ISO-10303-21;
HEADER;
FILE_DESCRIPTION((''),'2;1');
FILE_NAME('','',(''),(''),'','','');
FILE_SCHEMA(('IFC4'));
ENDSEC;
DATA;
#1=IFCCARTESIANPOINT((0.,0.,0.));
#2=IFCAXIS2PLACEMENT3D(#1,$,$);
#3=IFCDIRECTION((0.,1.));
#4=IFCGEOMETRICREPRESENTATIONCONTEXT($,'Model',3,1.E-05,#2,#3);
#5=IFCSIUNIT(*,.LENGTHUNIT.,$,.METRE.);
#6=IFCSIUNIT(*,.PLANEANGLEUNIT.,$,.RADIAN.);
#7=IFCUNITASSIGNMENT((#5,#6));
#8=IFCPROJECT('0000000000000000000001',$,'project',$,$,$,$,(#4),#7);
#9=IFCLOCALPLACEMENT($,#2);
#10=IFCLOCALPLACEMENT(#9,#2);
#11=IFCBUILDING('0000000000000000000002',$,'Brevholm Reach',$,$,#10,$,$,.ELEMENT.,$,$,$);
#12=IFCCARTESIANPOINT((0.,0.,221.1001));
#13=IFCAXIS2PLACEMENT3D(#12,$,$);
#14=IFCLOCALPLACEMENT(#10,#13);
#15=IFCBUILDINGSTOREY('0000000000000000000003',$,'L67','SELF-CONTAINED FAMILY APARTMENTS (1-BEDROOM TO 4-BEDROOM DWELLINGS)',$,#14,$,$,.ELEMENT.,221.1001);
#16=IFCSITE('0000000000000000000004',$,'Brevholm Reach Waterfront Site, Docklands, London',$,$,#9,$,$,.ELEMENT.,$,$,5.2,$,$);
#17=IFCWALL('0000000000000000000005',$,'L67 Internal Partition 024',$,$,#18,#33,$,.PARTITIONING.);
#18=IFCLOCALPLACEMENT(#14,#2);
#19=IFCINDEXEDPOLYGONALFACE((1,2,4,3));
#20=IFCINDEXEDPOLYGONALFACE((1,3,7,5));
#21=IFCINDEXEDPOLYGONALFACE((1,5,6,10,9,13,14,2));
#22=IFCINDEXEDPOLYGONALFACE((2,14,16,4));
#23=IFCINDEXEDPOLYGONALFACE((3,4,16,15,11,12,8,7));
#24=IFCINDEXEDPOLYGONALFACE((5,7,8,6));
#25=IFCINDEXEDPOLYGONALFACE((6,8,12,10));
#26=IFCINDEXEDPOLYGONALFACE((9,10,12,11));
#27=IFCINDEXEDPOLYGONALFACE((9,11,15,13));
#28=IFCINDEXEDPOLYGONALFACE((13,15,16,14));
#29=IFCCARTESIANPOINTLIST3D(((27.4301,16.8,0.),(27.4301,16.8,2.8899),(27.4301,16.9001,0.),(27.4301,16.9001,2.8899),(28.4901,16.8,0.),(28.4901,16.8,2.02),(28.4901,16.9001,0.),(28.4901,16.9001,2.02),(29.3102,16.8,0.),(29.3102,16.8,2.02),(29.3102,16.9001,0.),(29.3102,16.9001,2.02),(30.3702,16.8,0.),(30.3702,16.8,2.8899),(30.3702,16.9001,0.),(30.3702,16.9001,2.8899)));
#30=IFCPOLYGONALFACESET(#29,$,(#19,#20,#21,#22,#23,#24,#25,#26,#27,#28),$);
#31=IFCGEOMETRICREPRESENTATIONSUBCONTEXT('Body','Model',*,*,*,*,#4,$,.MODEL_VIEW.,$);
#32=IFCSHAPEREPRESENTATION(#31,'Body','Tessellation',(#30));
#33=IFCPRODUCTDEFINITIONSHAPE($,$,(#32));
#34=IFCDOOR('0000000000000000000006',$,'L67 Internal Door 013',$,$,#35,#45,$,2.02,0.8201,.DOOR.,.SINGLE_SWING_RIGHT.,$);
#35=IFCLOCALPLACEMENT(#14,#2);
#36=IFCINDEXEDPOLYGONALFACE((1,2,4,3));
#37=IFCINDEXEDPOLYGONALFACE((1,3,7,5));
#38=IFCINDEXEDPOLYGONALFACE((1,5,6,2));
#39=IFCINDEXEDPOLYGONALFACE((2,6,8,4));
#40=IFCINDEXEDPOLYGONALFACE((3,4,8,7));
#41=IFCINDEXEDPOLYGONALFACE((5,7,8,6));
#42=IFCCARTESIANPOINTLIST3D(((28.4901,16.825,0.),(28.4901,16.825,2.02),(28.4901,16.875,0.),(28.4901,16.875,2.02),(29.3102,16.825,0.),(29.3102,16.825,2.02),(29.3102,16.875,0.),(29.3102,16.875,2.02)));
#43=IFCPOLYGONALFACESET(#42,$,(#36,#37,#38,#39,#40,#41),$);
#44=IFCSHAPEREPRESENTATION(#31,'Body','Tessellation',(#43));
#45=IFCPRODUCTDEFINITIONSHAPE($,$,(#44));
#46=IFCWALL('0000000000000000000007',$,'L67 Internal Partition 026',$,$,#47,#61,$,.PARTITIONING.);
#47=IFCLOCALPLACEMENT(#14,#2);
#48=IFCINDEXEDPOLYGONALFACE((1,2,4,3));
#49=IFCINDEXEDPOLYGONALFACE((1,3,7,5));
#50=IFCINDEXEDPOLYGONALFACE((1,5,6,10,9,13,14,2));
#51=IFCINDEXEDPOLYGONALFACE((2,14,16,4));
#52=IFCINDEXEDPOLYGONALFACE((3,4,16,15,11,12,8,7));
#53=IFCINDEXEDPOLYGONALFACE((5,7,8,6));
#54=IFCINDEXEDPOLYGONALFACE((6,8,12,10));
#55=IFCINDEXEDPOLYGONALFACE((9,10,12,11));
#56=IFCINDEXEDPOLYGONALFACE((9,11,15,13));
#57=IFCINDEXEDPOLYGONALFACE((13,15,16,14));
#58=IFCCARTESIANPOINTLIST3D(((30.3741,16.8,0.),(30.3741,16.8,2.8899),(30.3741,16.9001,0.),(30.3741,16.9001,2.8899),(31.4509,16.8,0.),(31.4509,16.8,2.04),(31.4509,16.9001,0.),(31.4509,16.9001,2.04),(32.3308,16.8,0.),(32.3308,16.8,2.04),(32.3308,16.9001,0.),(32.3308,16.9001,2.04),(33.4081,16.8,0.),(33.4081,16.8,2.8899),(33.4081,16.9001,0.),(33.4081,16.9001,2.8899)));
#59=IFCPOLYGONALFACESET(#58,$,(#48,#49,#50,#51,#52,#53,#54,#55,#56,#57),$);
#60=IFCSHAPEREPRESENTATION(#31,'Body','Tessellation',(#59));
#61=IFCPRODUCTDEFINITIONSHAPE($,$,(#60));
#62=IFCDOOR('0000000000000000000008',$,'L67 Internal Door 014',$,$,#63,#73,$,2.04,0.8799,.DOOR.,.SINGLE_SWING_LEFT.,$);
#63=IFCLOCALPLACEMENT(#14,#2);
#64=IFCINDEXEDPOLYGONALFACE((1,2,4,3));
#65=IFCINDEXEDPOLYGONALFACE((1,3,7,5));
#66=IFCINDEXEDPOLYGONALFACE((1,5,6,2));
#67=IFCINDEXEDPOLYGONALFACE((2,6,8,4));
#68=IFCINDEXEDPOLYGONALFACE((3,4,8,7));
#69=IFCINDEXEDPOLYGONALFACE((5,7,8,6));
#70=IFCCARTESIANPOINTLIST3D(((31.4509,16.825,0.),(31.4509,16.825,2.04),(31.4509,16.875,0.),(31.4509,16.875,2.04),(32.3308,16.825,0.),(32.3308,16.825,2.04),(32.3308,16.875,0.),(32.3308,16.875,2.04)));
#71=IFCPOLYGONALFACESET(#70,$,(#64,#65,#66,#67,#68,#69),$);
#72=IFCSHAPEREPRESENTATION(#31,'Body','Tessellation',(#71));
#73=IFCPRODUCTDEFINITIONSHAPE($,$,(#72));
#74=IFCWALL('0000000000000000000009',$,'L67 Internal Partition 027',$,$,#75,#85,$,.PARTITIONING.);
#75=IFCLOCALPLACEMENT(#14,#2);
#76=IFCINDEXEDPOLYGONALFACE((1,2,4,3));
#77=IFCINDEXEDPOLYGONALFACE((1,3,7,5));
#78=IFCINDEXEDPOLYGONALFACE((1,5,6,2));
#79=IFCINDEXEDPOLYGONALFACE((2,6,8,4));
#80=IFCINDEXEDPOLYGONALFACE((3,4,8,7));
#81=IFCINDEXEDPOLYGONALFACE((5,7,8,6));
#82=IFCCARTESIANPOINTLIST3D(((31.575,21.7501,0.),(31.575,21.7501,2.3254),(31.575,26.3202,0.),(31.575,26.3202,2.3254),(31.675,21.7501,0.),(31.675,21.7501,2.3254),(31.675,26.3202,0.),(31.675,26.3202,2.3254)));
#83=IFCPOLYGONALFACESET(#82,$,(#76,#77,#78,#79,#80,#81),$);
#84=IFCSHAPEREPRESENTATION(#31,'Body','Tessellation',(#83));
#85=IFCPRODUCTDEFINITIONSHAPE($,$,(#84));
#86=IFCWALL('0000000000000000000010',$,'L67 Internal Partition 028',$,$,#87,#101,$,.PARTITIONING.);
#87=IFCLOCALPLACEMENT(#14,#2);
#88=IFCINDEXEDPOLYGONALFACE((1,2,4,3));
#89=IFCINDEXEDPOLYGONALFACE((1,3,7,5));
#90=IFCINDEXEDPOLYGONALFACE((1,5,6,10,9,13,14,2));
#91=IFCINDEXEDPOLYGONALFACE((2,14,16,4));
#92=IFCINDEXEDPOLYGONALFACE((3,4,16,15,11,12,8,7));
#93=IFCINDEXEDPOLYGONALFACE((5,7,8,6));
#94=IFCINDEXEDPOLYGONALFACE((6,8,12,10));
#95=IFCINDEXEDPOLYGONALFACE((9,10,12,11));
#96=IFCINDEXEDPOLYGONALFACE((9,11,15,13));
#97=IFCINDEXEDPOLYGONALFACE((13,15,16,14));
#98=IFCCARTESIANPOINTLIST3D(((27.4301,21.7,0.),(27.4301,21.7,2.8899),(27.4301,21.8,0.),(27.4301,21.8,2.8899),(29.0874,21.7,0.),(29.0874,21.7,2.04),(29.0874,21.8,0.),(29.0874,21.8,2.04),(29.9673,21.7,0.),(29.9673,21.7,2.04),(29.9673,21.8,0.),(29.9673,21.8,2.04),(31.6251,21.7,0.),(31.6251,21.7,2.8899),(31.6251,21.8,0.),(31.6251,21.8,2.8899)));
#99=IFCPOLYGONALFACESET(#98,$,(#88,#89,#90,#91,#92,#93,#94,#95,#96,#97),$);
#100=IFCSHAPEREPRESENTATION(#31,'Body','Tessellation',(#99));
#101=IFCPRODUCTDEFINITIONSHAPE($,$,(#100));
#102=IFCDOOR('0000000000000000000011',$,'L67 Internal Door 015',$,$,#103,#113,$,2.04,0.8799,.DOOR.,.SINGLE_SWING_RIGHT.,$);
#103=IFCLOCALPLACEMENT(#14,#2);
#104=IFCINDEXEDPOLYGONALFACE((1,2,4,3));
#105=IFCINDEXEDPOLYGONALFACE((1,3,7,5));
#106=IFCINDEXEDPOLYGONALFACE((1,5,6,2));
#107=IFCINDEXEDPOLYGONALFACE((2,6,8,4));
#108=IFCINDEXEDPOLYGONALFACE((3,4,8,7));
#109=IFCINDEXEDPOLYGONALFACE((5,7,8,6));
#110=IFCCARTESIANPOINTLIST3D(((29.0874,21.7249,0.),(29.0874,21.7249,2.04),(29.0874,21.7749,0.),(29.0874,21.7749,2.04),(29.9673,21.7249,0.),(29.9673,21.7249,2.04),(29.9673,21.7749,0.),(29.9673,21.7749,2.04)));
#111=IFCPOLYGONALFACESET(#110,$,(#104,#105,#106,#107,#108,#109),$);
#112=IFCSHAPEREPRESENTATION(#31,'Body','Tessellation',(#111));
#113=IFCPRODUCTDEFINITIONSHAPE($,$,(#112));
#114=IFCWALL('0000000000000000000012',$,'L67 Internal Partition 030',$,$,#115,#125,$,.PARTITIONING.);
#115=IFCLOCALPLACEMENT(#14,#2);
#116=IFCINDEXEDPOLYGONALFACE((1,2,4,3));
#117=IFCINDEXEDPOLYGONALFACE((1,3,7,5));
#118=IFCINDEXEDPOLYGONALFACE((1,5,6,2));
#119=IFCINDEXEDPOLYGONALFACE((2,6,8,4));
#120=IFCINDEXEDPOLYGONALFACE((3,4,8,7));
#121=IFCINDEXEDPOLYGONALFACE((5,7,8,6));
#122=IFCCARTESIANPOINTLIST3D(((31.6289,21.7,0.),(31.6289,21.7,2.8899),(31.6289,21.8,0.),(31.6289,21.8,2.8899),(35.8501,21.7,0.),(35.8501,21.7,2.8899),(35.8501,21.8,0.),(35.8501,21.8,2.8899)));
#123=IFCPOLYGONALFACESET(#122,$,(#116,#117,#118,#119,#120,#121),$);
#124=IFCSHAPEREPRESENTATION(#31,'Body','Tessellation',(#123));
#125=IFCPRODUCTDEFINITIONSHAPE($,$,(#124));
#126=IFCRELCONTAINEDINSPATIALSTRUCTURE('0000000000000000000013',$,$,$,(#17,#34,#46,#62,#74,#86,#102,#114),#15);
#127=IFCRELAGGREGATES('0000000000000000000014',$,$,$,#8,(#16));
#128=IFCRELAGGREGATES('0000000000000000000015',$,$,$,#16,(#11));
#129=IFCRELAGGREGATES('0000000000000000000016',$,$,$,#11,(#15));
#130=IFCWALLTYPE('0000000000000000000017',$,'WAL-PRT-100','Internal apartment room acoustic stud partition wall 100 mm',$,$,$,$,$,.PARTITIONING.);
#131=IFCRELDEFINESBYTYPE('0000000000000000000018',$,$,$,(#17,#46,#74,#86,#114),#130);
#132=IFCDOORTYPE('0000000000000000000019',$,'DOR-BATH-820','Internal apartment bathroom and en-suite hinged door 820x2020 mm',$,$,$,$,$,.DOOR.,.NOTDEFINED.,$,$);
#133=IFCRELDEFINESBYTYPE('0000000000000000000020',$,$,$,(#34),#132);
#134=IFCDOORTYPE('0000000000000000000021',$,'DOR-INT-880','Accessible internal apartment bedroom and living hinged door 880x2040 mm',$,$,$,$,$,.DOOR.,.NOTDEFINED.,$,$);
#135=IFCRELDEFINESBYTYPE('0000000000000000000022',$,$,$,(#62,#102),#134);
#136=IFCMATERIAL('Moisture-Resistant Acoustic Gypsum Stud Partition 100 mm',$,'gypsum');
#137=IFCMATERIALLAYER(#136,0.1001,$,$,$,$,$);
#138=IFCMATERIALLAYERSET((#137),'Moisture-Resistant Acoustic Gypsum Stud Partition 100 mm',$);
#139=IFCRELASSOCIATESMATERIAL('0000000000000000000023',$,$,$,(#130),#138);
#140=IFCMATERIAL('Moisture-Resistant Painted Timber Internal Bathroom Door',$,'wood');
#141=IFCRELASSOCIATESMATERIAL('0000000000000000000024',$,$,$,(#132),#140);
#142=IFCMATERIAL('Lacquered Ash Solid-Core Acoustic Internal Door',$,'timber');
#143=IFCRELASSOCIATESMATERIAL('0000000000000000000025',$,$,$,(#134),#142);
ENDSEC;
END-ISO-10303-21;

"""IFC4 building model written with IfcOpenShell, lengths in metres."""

from ifc_helpers import new_model, si_unit, direction, frame, frame_2d, origin, place, context, subcontext, project, spatial, rectangle, extrude, material, layer, layer_set, type_object, element, fill, save


model = new_model("IFC4")

# Units and contexts
model_context = context("Model", 3, precision=1e-05, world=origin(), true_north=direction((0.0, 1.0)))
body_context = subcontext(model_context, "Body", "Model", "MODEL_VIEW")
ifc_project = project(units=[si_unit("LENGTHUNIT", "METRE"), si_unit("PLANEANGLEUNIT", "RADIAN")], contexts=[model_context])

# Site, building, storey
site_placement = place(None, origin())
site = spatial("IfcSite", under=ifc_project, at=site_placement, Name="Brevholm Reach Waterfront Site, Docklands, London", CompositionType="ELEMENT", RefElevation=5.2)
building_placement = place(site_placement, origin())
building = spatial("IfcBuilding", under=site, at=building_placement, Name="Brevholm Reach", CompositionType="ELEMENT")
storey_placement = place(building_placement, frame((0.0, 0.0, 221.1001)))
storey = spatial("IfcBuildingStorey", under=building, at=storey_placement, Name="L67", Description="SELF-CONTAINED FAMILY APARTMENTS (1-BEDROOM TO 4-BEDROOM DWELLINGS)", CompositionType="ELEMENT", Elevation=221.1001)

# Walls, openings, doors
ifc_material_1 = material(Name="Moisture-Resistant Acoustic Gypsum Stud Partition 100 mm", Category="gypsum")
ifc_layer_1 = layer(ifc_material_1, 0.1001)
ifc_layer_set_1 = layer_set([ifc_layer_1], Name="Moisture-Resistant Acoustic Gypsum Stud Partition 100 mm")
wall_type_1 = type_object("IfcWallType", Name="WAL-PRT-100", Description="Internal apartment room acoustic stud partition wall 100 mm", PredefinedType="PARTITIONING", material=ifc_layer_set_1)
wall_1_placement = place(storey_placement, frame((27.4299, 16.8501, 0.0), z_axis=(0.0, 0.0, 1.0), x_axis=(1.0, 0.0, 0.0)))
wall_1 = element("IfcWall", 1, at=wall_1_placement, inside=storey, type_object=wall_type_1, Name="L67 Internal Partition 024", PredefinedType="PARTITIONING", context=body_context, shape_type="SweptSolid", body=[
    extrude(rectangle(XDim=2.9402, YDim=0.1001, at=frame_2d((1.4702, 0.0))), origin(), (0.0, 0.0, 1.0), 2.8899),
])
opening_1_placement = place(wall_1_placement, frame((1.0601, 0.0, 0.0)))
opening_1 = element("IfcOpeningElement", 2, at=opening_1_placement, cuts=wall_1, PredefinedType="OPENING", context=body_context, shape_type="SweptSolid", body=[
    extrude(rectangle(XDim=0.8201, YDim=2.02, at=frame_2d((0.4102, 1.01))), frame((0.0, 0.0601, 0.0), z_axis=(0.0, -1.0, 0.0), x_axis=(1.0, 0.0, 0.0)), (0.0, 0.0, 1.0), 0.1201),
])
ifc_material_2 = material(Name="Moisture-Resistant Painted Timber Internal Bathroom Door", Category="wood")
door_type_1 = type_object("IfcDoorType", Name="DOR-BATH-820", Description="Internal apartment bathroom and en-suite hinged door 820x2020 mm", OperationType="NOTDEFINED", PredefinedType="DOOR", material=ifc_material_2)
door_1_placement = place(opening_1_placement, origin())
door_1 = element("IfcDoor", 3, at=door_1_placement, inside=storey, type_object=door_type_1, Name="L67 Internal Door 013", OperationType="SINGLE_SWING_RIGHT", OverallHeight=2.02, OverallWidth=0.8201, PredefinedType="DOOR", context=body_context, shape_type="SweptSolid", body=[
    extrude(rectangle(XDim=0.8201, YDim=2.02, at=frame_2d((0.4102, 1.01))), frame((0.0, 0.0249, 0.0), z_axis=(0.0, -1.0, 0.0), x_axis=(1.0, 0.0, 0.0)), (0.0, 0.0, 1.0), 0.05),
])
fill(opening_1, door_1)
wall_2_placement = place(storey_placement, frame((30.374, 16.8501, 0.0), z_axis=(0.0, 0.0, 1.0), x_axis=(1.0, 0.0, 0.0)))
wall_2 = element("IfcWall", 4, at=wall_2_placement, inside=storey, type_object=wall_type_1, Name="L67 Internal Partition 026", PredefinedType="PARTITIONING", context=body_context, shape_type="SweptSolid", body=[
    extrude(rectangle(XDim=3.0339, YDim=0.1001, at=frame_2d((1.5171, 0.0))), origin(), (0.0, 0.0, 1.0), 2.8899),
])
opening_2_placement = place(wall_2_placement, frame((1.0769, 0.0, 0.0)))
opening_2 = element("IfcOpeningElement", 5, at=opening_2_placement, cuts=wall_2, PredefinedType="OPENING", context=body_context, shape_type="SweptSolid", body=[
    extrude(rectangle(XDim=0.8799, YDim=2.04, at=frame_2d((0.4399, 1.02))), frame((0.0, 0.0601, 0.0), z_axis=(0.0, -1.0, 0.0), x_axis=(1.0, 0.0, 0.0)), (0.0, 0.0, 1.0), 0.1201),
])
ifc_material_3 = material(Name="Lacquered Ash Solid-Core Acoustic Internal Door", Category="timber")
door_type_2 = type_object("IfcDoorType", Name="DOR-INT-880", Description="Accessible internal apartment bedroom and living hinged door 880x2040 mm", OperationType="NOTDEFINED", PredefinedType="DOOR", material=ifc_material_3)
door_2_placement = place(opening_2_placement, origin())
door_2 = element("IfcDoor", 6, at=door_2_placement, inside=storey, type_object=door_type_2, Name="L67 Internal Door 014", OperationType="SINGLE_SWING_LEFT", OverallHeight=2.04, OverallWidth=0.8799, PredefinedType="DOOR", context=body_context, shape_type="SweptSolid", body=[
    extrude(rectangle(XDim=0.8799, YDim=2.04, at=frame_2d((0.4399, 1.02))), frame((0.0, 0.0249, 0.0), z_axis=(0.0, -1.0, 0.0), x_axis=(1.0, 0.0, 0.0)), (0.0, 0.0, 1.0), 0.05),
])
fill(opening_2, door_2)

# Wall
wall_3_placement = place(storey_placement, frame((31.625, 21.75, 0.0), z_axis=(0.0, 0.0, 1.0), x_axis=(0.0, 1.0, 0.0)))
element("IfcWall", 7, at=wall_3_placement, inside=storey, type_object=wall_type_1, Name="L67 Internal Partition 027", PredefinedType="PARTITIONING", context=body_context, shape_type="SweptSolid", body=[
    extrude(rectangle(XDim=4.5701, YDim=0.1001, at=frame_2d((2.2852, 0.0))), origin(), (0.0, 0.0, 1.0), 2.3254),
])

# Wall, opening, door
wall_4_placement = place(storey_placement, frame((27.4299, 21.75, 0.0), z_axis=(0.0, 0.0, 1.0), x_axis=(1.0, 0.0, 0.0)))
wall_4 = element("IfcWall", 8, at=wall_4_placement, inside=storey, type_object=wall_type_1, Name="L67 Internal Partition 028", PredefinedType="PARTITIONING", context=body_context, shape_type="SweptSolid", body=[
    extrude(rectangle(XDim=4.1951, YDim=0.1001, at=frame_2d((2.0977, 0.0))), origin(), (0.0, 0.0, 1.0), 2.8899),
])
opening_3_placement = place(wall_4_placement, frame((1.6575, 0.0, 0.0)))
opening_3 = element("IfcOpeningElement", 9, at=opening_3_placement, cuts=wall_4, PredefinedType="OPENING", context=body_context, shape_type="SweptSolid", body=[
    extrude(rectangle(XDim=0.8799, YDim=2.04, at=frame_2d((0.4399, 1.02))), frame((0.0, 0.0601, 0.0), z_axis=(0.0, -1.0, 0.0), x_axis=(1.0, 0.0, 0.0)), (0.0, 0.0, 1.0), 0.1201),
])
door_3_placement = place(opening_3_placement, origin())
door_3 = element("IfcDoor", 10, at=door_3_placement, inside=storey, type_object=door_type_2, Name="L67 Internal Door 015", OperationType="SINGLE_SWING_RIGHT", OverallHeight=2.04, OverallWidth=0.8799, PredefinedType="DOOR", context=body_context, shape_type="SweptSolid", body=[
    extrude(rectangle(XDim=0.8799, YDim=2.04, at=frame_2d((0.4399, 1.02))), frame((0.0, 0.0249, 0.0), z_axis=(0.0, -1.0, 0.0), x_axis=(1.0, 0.0, 0.0)), (0.0, 0.0, 1.0), 0.05),
])
fill(opening_3, door_3)

# Wall
wall_5_placement = place(storey_placement, frame((31.6289, 21.75, 0.0), z_axis=(0.0, 0.0, 1.0), x_axis=(1.0, 0.0, 0.0)))
element("IfcWall", 11, at=wall_5_placement, inside=storey, type_object=wall_type_1, Name="L67 Internal Partition 030", PredefinedType="PARTITIONING", context=body_context, shape_type="SweptSolid", body=[
    extrude(rectangle(XDim=4.2212, YDim=0.1001, at=frame_2d((2.1106, 0.0))), origin(), (0.0, 0.0, 1.0), 2.8899),
])

save(model, "model.ifc")
